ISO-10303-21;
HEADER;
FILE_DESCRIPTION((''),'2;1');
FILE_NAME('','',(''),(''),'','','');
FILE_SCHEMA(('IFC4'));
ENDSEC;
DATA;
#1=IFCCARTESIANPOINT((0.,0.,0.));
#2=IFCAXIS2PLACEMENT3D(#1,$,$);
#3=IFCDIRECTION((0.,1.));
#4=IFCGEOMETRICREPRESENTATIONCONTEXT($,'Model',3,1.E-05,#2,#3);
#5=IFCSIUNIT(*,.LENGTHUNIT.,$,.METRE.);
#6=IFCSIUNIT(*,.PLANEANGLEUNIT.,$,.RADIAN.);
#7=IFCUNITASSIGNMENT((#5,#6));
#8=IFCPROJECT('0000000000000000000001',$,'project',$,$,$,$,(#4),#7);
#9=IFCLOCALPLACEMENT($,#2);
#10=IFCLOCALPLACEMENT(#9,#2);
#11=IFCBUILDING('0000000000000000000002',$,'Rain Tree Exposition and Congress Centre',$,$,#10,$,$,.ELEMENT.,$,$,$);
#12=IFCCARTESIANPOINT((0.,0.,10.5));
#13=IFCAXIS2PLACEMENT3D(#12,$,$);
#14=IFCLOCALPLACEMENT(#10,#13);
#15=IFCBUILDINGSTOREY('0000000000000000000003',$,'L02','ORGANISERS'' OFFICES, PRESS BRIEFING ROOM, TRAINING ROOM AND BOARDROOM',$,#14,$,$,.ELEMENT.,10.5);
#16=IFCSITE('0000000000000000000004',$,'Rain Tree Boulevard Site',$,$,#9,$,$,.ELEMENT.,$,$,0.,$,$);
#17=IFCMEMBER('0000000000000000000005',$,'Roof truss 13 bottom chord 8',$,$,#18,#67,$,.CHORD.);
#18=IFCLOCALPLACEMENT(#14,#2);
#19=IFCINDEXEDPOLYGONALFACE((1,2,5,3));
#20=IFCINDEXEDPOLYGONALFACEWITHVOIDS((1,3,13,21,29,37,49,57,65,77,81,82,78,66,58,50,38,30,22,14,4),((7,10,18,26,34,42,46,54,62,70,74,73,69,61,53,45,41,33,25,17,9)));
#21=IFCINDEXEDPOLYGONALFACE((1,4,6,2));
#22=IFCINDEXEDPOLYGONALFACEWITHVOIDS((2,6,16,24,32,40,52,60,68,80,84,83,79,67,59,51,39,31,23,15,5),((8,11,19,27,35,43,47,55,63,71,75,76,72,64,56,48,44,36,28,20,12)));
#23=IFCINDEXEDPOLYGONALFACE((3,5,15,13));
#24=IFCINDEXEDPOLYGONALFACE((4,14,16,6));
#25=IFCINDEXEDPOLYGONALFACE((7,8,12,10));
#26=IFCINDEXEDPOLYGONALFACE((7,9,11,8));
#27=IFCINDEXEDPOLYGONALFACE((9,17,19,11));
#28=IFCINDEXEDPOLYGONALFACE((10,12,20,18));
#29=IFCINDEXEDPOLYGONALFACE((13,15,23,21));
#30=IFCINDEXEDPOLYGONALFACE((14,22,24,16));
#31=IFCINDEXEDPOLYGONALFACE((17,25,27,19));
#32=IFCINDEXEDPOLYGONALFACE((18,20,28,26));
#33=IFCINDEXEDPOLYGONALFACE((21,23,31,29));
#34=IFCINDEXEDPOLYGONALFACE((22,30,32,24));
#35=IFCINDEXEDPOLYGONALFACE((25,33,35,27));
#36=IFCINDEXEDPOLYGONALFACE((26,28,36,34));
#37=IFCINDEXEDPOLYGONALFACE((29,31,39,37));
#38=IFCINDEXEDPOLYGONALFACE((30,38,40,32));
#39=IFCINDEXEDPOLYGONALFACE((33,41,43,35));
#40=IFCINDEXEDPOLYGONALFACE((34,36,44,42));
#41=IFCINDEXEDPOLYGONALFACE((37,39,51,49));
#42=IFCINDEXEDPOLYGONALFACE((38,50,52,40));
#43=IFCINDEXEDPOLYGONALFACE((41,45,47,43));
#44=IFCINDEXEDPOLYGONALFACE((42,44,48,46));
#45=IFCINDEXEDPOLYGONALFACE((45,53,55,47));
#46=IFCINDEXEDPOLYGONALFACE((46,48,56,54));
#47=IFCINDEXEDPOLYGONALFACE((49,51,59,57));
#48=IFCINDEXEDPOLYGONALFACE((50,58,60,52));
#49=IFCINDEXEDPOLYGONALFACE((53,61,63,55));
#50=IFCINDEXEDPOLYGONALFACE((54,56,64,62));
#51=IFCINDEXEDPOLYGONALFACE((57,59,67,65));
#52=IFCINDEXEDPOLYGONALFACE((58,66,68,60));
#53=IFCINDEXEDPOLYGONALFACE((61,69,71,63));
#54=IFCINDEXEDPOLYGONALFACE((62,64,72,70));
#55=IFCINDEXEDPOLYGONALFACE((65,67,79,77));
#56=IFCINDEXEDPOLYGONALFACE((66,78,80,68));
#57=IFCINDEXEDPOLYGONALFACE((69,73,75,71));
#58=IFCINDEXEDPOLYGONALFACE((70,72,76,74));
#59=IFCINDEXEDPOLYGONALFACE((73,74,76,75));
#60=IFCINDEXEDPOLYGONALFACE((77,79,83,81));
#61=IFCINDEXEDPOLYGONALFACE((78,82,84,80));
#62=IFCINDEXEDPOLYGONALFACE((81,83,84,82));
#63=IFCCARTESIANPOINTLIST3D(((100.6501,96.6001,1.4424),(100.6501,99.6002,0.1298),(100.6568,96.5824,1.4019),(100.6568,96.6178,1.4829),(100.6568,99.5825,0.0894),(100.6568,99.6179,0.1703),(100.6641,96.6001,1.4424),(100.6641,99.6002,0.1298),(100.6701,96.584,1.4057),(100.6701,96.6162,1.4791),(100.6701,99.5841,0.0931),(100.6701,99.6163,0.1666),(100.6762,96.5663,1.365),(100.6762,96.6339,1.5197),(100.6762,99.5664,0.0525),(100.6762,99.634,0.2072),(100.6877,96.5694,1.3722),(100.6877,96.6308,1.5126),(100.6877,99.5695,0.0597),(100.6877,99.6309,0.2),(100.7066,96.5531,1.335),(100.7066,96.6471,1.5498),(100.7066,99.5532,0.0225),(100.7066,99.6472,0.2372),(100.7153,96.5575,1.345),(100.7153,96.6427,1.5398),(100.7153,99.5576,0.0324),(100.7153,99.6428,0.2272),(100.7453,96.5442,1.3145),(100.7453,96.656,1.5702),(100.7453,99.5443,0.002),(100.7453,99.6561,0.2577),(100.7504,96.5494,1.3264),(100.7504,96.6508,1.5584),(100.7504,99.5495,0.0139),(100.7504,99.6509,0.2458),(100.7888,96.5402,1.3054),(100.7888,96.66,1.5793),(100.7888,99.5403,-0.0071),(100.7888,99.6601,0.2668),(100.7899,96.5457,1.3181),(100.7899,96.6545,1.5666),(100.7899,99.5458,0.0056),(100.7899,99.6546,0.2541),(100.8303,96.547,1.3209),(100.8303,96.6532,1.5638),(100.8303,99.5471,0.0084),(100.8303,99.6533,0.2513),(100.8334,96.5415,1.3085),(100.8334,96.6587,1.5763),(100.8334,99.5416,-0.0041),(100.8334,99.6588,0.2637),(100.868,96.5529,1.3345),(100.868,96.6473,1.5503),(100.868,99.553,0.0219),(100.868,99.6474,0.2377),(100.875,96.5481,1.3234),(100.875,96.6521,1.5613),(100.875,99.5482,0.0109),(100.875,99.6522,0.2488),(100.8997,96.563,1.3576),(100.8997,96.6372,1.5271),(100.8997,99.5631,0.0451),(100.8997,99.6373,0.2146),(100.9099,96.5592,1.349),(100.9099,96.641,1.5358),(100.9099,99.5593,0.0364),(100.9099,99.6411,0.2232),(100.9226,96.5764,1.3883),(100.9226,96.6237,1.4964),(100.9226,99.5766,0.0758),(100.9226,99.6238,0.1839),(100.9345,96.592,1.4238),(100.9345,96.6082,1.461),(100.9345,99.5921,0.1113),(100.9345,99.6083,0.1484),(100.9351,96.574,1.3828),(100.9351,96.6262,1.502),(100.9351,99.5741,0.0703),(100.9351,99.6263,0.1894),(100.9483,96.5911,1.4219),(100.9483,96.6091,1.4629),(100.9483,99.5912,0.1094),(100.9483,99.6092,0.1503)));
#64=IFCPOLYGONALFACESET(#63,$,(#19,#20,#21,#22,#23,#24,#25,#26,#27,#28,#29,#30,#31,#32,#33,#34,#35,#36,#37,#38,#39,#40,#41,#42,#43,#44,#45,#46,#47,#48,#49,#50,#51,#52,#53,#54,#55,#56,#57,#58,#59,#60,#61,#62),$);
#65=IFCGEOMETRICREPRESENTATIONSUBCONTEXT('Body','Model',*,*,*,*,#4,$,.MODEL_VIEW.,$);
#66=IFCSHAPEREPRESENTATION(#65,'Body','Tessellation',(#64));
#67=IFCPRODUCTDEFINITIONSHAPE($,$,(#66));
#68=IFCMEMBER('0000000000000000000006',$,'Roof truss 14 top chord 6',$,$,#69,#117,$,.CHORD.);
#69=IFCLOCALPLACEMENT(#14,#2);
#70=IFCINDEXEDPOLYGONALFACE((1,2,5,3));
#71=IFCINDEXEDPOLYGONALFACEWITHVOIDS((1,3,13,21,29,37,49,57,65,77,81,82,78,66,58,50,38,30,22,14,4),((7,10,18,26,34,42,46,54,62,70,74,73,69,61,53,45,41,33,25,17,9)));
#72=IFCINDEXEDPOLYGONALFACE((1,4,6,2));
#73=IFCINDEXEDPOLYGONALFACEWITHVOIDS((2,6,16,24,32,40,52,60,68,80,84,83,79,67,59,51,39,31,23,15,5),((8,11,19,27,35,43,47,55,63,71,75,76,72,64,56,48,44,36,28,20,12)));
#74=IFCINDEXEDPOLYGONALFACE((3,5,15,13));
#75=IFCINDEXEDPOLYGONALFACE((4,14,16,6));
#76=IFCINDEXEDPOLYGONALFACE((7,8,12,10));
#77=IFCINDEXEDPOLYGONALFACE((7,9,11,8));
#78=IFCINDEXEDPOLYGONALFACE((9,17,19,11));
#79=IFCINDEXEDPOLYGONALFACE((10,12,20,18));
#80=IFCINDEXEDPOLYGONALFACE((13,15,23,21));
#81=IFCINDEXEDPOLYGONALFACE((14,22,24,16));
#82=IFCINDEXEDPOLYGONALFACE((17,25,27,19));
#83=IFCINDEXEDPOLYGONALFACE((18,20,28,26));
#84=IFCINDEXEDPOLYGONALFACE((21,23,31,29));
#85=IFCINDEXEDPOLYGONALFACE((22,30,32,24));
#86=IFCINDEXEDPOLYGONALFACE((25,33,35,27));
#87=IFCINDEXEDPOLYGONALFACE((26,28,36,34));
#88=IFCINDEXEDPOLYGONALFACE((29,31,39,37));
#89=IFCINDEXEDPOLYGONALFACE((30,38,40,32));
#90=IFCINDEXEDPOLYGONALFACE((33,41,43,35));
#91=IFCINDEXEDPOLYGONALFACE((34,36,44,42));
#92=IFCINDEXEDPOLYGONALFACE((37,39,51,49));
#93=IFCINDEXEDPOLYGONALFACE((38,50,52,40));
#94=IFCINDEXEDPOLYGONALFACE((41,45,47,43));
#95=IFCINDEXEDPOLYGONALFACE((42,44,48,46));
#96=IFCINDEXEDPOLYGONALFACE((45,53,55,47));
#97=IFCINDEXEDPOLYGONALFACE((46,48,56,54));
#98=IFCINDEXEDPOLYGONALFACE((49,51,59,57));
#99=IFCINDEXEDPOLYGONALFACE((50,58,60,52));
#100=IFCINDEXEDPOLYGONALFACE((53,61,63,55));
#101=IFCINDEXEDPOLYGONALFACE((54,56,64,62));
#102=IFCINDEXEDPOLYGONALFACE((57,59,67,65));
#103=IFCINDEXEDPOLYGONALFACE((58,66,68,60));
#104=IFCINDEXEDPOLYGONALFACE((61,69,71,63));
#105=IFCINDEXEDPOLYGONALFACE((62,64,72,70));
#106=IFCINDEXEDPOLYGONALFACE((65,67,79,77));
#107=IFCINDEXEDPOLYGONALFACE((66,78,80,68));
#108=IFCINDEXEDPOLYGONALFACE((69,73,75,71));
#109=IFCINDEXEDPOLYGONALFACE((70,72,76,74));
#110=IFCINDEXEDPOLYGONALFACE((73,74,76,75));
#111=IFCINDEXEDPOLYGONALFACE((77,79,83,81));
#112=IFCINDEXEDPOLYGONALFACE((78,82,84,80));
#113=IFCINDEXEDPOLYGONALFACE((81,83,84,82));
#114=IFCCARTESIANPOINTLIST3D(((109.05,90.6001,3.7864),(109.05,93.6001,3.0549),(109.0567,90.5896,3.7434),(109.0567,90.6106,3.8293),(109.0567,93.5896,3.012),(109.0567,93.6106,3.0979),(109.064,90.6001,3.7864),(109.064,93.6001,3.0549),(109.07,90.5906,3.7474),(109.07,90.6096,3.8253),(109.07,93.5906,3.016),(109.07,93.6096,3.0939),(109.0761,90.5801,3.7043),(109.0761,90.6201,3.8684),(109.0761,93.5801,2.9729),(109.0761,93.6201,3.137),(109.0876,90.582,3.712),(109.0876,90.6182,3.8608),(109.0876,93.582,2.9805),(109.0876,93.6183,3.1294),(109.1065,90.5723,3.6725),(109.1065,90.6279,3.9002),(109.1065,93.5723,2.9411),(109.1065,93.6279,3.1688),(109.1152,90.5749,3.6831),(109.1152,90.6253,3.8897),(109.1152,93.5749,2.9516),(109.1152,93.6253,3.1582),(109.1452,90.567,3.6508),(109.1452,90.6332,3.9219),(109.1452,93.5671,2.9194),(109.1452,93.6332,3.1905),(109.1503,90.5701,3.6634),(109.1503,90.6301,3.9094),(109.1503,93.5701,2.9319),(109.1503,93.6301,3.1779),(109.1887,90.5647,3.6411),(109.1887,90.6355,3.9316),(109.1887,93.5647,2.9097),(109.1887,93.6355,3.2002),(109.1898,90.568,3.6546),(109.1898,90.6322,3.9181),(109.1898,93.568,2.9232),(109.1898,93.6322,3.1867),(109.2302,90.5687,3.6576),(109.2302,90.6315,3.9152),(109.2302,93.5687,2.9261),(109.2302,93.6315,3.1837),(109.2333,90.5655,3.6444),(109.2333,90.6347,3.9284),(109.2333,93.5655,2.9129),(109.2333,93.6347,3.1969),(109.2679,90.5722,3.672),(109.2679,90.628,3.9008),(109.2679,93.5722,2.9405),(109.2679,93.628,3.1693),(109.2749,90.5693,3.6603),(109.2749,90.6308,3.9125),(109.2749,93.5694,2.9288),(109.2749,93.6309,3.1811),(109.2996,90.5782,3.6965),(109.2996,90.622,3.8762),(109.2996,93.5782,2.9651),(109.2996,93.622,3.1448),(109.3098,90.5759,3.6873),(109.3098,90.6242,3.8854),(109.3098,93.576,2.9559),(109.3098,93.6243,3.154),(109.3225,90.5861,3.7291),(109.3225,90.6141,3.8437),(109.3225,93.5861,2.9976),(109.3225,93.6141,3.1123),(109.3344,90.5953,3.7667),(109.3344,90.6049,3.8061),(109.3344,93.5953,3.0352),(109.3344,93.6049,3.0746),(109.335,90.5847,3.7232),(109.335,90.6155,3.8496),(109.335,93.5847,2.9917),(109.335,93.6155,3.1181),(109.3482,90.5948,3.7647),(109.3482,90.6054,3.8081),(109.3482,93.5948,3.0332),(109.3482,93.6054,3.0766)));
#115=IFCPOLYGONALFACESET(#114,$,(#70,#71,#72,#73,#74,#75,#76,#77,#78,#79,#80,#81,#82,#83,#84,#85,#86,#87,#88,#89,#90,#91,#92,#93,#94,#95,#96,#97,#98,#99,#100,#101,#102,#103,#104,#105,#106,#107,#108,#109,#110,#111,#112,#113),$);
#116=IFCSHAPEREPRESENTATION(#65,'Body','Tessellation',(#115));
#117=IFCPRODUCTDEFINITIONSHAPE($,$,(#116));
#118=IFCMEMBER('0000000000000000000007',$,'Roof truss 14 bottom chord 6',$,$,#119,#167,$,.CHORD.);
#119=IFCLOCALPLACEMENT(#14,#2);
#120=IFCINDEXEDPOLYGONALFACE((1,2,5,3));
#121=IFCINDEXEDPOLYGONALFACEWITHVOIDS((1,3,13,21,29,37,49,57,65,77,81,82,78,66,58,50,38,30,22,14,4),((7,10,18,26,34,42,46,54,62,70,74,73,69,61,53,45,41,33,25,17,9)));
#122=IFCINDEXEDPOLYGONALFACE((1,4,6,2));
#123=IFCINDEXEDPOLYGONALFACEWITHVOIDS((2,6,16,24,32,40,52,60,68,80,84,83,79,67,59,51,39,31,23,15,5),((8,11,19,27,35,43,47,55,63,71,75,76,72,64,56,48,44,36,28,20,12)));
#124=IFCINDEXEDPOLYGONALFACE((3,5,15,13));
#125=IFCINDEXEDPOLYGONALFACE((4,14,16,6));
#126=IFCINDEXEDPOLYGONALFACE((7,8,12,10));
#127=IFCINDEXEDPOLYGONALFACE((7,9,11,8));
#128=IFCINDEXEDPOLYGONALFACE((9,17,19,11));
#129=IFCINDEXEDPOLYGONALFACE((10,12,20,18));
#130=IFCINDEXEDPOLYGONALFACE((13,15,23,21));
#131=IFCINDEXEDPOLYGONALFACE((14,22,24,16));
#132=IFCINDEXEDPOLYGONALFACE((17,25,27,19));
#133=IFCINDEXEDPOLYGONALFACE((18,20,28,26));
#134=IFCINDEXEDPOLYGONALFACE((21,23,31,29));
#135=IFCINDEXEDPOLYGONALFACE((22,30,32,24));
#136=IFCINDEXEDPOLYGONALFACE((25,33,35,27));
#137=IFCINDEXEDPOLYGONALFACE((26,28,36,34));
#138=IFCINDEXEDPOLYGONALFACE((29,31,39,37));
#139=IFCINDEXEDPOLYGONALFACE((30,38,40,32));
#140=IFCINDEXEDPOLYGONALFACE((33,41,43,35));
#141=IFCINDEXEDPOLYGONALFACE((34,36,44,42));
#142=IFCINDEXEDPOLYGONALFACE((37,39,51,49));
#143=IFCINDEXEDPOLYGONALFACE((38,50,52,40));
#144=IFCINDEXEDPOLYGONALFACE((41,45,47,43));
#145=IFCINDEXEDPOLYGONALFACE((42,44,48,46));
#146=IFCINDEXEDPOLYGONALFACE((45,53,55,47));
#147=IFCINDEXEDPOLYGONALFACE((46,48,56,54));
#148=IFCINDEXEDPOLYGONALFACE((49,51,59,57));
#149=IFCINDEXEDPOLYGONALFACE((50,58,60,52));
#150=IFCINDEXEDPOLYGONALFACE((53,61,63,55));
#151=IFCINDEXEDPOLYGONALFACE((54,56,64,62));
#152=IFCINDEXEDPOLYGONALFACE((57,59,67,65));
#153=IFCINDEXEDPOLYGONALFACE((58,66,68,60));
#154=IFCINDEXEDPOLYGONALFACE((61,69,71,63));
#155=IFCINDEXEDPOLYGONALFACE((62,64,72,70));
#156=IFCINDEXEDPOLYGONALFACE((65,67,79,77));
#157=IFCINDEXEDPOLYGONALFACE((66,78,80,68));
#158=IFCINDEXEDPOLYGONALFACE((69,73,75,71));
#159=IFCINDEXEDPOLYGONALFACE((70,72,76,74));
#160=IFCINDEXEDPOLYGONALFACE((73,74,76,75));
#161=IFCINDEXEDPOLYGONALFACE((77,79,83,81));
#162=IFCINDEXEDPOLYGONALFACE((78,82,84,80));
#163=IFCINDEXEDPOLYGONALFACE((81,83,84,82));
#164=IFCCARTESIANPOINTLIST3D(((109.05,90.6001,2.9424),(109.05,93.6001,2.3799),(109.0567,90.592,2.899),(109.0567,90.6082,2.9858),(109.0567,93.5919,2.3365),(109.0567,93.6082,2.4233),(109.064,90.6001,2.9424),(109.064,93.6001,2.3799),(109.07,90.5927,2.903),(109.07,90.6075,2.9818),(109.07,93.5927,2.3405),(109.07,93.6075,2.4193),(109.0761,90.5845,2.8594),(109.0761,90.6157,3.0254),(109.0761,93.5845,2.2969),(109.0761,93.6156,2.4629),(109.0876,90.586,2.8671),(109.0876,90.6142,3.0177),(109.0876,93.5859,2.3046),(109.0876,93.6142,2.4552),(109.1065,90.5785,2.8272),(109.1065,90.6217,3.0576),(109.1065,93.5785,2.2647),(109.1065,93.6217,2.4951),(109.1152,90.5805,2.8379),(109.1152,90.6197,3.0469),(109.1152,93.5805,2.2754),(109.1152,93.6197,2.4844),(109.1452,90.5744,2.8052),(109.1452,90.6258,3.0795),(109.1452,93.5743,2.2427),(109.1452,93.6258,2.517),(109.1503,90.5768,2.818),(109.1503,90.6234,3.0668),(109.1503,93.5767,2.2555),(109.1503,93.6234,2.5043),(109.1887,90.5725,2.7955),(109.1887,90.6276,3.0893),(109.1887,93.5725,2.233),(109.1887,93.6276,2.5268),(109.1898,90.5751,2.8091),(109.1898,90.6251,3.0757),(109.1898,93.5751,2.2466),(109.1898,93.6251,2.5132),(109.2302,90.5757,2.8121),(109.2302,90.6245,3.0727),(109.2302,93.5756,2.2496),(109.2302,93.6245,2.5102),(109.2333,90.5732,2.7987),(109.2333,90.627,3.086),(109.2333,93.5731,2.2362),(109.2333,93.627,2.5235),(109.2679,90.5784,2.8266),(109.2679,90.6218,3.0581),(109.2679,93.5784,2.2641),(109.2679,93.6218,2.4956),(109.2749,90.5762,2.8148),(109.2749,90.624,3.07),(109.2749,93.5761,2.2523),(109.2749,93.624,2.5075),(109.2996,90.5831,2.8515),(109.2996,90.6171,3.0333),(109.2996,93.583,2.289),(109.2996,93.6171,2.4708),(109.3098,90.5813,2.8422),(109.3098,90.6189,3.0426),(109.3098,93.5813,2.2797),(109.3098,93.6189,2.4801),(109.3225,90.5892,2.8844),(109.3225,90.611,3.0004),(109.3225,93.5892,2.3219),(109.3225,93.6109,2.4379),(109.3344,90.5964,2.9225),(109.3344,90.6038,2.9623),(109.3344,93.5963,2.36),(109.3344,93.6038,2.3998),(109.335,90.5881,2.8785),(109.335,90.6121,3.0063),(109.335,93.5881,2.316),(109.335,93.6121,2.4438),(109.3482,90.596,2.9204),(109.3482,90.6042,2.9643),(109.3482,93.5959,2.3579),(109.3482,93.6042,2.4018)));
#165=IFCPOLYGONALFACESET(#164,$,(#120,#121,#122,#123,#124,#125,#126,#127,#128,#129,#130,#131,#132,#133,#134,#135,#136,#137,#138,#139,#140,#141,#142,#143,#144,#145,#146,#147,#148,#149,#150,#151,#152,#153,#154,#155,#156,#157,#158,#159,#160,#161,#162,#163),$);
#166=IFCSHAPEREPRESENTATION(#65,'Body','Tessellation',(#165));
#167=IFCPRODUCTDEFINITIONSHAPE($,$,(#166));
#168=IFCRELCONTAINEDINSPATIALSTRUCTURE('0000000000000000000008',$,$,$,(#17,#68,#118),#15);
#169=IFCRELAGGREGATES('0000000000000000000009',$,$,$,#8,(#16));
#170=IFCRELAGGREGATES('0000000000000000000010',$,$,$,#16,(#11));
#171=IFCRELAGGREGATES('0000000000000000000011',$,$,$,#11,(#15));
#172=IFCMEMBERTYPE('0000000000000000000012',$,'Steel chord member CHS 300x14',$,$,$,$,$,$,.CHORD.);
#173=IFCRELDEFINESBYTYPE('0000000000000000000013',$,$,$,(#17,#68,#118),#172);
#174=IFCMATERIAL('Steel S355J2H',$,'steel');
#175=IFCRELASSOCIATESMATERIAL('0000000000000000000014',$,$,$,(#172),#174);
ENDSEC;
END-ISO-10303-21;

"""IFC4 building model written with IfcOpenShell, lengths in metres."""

from ifc_helpers import new_model, si_unit, direction, frame, origin, origin_2d, place, context, subcontext, project, spatial, hollow_circle, extrude, material, material_profile, profile_set, type_object, element, save


model = new_model("IFC4")

# Units and contexts
model_context = context("Model", 3, precision=1e-05, world=origin(), true_north=direction((0.0, 1.0)))
body_context = subcontext(model_context, "Body", "Model", "MODEL_VIEW")
ifc_project = project(units=[si_unit("LENGTHUNIT", "METRE"), si_unit("PLANEANGLEUNIT", "RADIAN")], contexts=[model_context])

# Site, building, storey
site_placement = place(None, origin())
site = spatial("IfcSite", under=ifc_project, at=site_placement, Name="Rain Tree Boulevard Site", CompositionType="ELEMENT", RefElevation=0.0)
building_placement = place(site_placement, origin())
building = spatial("IfcBuilding", under=site, at=building_placement, Name="Rain Tree Exposition and Congress Centre", CompositionType="ELEMENT")
storey_placement = place(building_placement, frame((0.0, 0.0, 10.5)))
storey = spatial("IfcBuildingStorey", under=building, at=storey_placement, Name="L02", Description="ORGANISERS' OFFICES, PRESS BRIEFING ROOM, TRAINING ROOM AND BOARDROOM", CompositionType="ELEMENT", Elevation=10.5)

# Members
ifc_material_1 = material(Name="Steel S355J2H", Category="steel")
ifc_material_profile_1 = material_profile(ifc_material_1, hollow_circle(Radius=0.1499, WallThickness=0.0139, at=origin_2d()), Name="CHS 300x14")
ifc_profile_set_1 = profile_set([ifc_material_profile_1], Name="Steel S355J2H")
member_type_1 = type_object("IfcMemberType", Name="Steel chord member CHS 300x14", PredefinedType="CHORD", material=ifc_profile_set_1)
member_1_placement = place(storey_placement, frame((100.8, 96.6001, 1.4424), z_axis=(0.0, 0.916157, -0.400819), x_axis=(-1.0, 0.0, 0.0)))
element("IfcMember", 1, at=member_1_placement, inside=storey, type_object=member_type_1, Name="Roof truss 13 bottom chord 8", PredefinedType="CHORD", context=body_context, shape_type="SweptSolid", body=[
    extrude(hollow_circle(Radius=0.1499, WallThickness=0.0139, at=origin_2d()), origin(), (0.0, 0.0, 1.0), 3.2747),
])
member_2_placement = place(storey_placement, frame((109.2, 90.6001, 3.7864), z_axis=(0.0, 0.97154, -0.236876), x_axis=(-1.0, 0.0, 0.0)))
element("IfcMember", 2, at=member_2_placement, inside=storey, type_object=member_type_1, Name="Roof truss 14 top chord 6", PredefinedType="CHORD", context=body_context, shape_type="SweptSolid", body=[
    extrude(hollow_circle(Radius=0.1499, WallThickness=0.0139, at=origin_2d()), origin(), (0.0, 0.0, 1.0), 3.0879),
])
member_3_placement = place(storey_placement, frame((109.2, 90.6001, 2.9424), z_axis=(0.0, 0.982872, -0.184289), x_axis=(-1.0, 0.0, 0.0)))
element("IfcMember", 3, at=member_3_placement, inside=storey, type_object=member_type_1, Name="Roof truss 14 bottom chord 6", PredefinedType="CHORD", context=body_context, shape_type="SweptSolid", body=[
    extrude(hollow_circle(Radius=0.1499, WallThickness=0.0139, at=origin_2d()), origin(), (0.0, 0.0, 1.0), 3.0522),
])

save(model, "model.ifc")
